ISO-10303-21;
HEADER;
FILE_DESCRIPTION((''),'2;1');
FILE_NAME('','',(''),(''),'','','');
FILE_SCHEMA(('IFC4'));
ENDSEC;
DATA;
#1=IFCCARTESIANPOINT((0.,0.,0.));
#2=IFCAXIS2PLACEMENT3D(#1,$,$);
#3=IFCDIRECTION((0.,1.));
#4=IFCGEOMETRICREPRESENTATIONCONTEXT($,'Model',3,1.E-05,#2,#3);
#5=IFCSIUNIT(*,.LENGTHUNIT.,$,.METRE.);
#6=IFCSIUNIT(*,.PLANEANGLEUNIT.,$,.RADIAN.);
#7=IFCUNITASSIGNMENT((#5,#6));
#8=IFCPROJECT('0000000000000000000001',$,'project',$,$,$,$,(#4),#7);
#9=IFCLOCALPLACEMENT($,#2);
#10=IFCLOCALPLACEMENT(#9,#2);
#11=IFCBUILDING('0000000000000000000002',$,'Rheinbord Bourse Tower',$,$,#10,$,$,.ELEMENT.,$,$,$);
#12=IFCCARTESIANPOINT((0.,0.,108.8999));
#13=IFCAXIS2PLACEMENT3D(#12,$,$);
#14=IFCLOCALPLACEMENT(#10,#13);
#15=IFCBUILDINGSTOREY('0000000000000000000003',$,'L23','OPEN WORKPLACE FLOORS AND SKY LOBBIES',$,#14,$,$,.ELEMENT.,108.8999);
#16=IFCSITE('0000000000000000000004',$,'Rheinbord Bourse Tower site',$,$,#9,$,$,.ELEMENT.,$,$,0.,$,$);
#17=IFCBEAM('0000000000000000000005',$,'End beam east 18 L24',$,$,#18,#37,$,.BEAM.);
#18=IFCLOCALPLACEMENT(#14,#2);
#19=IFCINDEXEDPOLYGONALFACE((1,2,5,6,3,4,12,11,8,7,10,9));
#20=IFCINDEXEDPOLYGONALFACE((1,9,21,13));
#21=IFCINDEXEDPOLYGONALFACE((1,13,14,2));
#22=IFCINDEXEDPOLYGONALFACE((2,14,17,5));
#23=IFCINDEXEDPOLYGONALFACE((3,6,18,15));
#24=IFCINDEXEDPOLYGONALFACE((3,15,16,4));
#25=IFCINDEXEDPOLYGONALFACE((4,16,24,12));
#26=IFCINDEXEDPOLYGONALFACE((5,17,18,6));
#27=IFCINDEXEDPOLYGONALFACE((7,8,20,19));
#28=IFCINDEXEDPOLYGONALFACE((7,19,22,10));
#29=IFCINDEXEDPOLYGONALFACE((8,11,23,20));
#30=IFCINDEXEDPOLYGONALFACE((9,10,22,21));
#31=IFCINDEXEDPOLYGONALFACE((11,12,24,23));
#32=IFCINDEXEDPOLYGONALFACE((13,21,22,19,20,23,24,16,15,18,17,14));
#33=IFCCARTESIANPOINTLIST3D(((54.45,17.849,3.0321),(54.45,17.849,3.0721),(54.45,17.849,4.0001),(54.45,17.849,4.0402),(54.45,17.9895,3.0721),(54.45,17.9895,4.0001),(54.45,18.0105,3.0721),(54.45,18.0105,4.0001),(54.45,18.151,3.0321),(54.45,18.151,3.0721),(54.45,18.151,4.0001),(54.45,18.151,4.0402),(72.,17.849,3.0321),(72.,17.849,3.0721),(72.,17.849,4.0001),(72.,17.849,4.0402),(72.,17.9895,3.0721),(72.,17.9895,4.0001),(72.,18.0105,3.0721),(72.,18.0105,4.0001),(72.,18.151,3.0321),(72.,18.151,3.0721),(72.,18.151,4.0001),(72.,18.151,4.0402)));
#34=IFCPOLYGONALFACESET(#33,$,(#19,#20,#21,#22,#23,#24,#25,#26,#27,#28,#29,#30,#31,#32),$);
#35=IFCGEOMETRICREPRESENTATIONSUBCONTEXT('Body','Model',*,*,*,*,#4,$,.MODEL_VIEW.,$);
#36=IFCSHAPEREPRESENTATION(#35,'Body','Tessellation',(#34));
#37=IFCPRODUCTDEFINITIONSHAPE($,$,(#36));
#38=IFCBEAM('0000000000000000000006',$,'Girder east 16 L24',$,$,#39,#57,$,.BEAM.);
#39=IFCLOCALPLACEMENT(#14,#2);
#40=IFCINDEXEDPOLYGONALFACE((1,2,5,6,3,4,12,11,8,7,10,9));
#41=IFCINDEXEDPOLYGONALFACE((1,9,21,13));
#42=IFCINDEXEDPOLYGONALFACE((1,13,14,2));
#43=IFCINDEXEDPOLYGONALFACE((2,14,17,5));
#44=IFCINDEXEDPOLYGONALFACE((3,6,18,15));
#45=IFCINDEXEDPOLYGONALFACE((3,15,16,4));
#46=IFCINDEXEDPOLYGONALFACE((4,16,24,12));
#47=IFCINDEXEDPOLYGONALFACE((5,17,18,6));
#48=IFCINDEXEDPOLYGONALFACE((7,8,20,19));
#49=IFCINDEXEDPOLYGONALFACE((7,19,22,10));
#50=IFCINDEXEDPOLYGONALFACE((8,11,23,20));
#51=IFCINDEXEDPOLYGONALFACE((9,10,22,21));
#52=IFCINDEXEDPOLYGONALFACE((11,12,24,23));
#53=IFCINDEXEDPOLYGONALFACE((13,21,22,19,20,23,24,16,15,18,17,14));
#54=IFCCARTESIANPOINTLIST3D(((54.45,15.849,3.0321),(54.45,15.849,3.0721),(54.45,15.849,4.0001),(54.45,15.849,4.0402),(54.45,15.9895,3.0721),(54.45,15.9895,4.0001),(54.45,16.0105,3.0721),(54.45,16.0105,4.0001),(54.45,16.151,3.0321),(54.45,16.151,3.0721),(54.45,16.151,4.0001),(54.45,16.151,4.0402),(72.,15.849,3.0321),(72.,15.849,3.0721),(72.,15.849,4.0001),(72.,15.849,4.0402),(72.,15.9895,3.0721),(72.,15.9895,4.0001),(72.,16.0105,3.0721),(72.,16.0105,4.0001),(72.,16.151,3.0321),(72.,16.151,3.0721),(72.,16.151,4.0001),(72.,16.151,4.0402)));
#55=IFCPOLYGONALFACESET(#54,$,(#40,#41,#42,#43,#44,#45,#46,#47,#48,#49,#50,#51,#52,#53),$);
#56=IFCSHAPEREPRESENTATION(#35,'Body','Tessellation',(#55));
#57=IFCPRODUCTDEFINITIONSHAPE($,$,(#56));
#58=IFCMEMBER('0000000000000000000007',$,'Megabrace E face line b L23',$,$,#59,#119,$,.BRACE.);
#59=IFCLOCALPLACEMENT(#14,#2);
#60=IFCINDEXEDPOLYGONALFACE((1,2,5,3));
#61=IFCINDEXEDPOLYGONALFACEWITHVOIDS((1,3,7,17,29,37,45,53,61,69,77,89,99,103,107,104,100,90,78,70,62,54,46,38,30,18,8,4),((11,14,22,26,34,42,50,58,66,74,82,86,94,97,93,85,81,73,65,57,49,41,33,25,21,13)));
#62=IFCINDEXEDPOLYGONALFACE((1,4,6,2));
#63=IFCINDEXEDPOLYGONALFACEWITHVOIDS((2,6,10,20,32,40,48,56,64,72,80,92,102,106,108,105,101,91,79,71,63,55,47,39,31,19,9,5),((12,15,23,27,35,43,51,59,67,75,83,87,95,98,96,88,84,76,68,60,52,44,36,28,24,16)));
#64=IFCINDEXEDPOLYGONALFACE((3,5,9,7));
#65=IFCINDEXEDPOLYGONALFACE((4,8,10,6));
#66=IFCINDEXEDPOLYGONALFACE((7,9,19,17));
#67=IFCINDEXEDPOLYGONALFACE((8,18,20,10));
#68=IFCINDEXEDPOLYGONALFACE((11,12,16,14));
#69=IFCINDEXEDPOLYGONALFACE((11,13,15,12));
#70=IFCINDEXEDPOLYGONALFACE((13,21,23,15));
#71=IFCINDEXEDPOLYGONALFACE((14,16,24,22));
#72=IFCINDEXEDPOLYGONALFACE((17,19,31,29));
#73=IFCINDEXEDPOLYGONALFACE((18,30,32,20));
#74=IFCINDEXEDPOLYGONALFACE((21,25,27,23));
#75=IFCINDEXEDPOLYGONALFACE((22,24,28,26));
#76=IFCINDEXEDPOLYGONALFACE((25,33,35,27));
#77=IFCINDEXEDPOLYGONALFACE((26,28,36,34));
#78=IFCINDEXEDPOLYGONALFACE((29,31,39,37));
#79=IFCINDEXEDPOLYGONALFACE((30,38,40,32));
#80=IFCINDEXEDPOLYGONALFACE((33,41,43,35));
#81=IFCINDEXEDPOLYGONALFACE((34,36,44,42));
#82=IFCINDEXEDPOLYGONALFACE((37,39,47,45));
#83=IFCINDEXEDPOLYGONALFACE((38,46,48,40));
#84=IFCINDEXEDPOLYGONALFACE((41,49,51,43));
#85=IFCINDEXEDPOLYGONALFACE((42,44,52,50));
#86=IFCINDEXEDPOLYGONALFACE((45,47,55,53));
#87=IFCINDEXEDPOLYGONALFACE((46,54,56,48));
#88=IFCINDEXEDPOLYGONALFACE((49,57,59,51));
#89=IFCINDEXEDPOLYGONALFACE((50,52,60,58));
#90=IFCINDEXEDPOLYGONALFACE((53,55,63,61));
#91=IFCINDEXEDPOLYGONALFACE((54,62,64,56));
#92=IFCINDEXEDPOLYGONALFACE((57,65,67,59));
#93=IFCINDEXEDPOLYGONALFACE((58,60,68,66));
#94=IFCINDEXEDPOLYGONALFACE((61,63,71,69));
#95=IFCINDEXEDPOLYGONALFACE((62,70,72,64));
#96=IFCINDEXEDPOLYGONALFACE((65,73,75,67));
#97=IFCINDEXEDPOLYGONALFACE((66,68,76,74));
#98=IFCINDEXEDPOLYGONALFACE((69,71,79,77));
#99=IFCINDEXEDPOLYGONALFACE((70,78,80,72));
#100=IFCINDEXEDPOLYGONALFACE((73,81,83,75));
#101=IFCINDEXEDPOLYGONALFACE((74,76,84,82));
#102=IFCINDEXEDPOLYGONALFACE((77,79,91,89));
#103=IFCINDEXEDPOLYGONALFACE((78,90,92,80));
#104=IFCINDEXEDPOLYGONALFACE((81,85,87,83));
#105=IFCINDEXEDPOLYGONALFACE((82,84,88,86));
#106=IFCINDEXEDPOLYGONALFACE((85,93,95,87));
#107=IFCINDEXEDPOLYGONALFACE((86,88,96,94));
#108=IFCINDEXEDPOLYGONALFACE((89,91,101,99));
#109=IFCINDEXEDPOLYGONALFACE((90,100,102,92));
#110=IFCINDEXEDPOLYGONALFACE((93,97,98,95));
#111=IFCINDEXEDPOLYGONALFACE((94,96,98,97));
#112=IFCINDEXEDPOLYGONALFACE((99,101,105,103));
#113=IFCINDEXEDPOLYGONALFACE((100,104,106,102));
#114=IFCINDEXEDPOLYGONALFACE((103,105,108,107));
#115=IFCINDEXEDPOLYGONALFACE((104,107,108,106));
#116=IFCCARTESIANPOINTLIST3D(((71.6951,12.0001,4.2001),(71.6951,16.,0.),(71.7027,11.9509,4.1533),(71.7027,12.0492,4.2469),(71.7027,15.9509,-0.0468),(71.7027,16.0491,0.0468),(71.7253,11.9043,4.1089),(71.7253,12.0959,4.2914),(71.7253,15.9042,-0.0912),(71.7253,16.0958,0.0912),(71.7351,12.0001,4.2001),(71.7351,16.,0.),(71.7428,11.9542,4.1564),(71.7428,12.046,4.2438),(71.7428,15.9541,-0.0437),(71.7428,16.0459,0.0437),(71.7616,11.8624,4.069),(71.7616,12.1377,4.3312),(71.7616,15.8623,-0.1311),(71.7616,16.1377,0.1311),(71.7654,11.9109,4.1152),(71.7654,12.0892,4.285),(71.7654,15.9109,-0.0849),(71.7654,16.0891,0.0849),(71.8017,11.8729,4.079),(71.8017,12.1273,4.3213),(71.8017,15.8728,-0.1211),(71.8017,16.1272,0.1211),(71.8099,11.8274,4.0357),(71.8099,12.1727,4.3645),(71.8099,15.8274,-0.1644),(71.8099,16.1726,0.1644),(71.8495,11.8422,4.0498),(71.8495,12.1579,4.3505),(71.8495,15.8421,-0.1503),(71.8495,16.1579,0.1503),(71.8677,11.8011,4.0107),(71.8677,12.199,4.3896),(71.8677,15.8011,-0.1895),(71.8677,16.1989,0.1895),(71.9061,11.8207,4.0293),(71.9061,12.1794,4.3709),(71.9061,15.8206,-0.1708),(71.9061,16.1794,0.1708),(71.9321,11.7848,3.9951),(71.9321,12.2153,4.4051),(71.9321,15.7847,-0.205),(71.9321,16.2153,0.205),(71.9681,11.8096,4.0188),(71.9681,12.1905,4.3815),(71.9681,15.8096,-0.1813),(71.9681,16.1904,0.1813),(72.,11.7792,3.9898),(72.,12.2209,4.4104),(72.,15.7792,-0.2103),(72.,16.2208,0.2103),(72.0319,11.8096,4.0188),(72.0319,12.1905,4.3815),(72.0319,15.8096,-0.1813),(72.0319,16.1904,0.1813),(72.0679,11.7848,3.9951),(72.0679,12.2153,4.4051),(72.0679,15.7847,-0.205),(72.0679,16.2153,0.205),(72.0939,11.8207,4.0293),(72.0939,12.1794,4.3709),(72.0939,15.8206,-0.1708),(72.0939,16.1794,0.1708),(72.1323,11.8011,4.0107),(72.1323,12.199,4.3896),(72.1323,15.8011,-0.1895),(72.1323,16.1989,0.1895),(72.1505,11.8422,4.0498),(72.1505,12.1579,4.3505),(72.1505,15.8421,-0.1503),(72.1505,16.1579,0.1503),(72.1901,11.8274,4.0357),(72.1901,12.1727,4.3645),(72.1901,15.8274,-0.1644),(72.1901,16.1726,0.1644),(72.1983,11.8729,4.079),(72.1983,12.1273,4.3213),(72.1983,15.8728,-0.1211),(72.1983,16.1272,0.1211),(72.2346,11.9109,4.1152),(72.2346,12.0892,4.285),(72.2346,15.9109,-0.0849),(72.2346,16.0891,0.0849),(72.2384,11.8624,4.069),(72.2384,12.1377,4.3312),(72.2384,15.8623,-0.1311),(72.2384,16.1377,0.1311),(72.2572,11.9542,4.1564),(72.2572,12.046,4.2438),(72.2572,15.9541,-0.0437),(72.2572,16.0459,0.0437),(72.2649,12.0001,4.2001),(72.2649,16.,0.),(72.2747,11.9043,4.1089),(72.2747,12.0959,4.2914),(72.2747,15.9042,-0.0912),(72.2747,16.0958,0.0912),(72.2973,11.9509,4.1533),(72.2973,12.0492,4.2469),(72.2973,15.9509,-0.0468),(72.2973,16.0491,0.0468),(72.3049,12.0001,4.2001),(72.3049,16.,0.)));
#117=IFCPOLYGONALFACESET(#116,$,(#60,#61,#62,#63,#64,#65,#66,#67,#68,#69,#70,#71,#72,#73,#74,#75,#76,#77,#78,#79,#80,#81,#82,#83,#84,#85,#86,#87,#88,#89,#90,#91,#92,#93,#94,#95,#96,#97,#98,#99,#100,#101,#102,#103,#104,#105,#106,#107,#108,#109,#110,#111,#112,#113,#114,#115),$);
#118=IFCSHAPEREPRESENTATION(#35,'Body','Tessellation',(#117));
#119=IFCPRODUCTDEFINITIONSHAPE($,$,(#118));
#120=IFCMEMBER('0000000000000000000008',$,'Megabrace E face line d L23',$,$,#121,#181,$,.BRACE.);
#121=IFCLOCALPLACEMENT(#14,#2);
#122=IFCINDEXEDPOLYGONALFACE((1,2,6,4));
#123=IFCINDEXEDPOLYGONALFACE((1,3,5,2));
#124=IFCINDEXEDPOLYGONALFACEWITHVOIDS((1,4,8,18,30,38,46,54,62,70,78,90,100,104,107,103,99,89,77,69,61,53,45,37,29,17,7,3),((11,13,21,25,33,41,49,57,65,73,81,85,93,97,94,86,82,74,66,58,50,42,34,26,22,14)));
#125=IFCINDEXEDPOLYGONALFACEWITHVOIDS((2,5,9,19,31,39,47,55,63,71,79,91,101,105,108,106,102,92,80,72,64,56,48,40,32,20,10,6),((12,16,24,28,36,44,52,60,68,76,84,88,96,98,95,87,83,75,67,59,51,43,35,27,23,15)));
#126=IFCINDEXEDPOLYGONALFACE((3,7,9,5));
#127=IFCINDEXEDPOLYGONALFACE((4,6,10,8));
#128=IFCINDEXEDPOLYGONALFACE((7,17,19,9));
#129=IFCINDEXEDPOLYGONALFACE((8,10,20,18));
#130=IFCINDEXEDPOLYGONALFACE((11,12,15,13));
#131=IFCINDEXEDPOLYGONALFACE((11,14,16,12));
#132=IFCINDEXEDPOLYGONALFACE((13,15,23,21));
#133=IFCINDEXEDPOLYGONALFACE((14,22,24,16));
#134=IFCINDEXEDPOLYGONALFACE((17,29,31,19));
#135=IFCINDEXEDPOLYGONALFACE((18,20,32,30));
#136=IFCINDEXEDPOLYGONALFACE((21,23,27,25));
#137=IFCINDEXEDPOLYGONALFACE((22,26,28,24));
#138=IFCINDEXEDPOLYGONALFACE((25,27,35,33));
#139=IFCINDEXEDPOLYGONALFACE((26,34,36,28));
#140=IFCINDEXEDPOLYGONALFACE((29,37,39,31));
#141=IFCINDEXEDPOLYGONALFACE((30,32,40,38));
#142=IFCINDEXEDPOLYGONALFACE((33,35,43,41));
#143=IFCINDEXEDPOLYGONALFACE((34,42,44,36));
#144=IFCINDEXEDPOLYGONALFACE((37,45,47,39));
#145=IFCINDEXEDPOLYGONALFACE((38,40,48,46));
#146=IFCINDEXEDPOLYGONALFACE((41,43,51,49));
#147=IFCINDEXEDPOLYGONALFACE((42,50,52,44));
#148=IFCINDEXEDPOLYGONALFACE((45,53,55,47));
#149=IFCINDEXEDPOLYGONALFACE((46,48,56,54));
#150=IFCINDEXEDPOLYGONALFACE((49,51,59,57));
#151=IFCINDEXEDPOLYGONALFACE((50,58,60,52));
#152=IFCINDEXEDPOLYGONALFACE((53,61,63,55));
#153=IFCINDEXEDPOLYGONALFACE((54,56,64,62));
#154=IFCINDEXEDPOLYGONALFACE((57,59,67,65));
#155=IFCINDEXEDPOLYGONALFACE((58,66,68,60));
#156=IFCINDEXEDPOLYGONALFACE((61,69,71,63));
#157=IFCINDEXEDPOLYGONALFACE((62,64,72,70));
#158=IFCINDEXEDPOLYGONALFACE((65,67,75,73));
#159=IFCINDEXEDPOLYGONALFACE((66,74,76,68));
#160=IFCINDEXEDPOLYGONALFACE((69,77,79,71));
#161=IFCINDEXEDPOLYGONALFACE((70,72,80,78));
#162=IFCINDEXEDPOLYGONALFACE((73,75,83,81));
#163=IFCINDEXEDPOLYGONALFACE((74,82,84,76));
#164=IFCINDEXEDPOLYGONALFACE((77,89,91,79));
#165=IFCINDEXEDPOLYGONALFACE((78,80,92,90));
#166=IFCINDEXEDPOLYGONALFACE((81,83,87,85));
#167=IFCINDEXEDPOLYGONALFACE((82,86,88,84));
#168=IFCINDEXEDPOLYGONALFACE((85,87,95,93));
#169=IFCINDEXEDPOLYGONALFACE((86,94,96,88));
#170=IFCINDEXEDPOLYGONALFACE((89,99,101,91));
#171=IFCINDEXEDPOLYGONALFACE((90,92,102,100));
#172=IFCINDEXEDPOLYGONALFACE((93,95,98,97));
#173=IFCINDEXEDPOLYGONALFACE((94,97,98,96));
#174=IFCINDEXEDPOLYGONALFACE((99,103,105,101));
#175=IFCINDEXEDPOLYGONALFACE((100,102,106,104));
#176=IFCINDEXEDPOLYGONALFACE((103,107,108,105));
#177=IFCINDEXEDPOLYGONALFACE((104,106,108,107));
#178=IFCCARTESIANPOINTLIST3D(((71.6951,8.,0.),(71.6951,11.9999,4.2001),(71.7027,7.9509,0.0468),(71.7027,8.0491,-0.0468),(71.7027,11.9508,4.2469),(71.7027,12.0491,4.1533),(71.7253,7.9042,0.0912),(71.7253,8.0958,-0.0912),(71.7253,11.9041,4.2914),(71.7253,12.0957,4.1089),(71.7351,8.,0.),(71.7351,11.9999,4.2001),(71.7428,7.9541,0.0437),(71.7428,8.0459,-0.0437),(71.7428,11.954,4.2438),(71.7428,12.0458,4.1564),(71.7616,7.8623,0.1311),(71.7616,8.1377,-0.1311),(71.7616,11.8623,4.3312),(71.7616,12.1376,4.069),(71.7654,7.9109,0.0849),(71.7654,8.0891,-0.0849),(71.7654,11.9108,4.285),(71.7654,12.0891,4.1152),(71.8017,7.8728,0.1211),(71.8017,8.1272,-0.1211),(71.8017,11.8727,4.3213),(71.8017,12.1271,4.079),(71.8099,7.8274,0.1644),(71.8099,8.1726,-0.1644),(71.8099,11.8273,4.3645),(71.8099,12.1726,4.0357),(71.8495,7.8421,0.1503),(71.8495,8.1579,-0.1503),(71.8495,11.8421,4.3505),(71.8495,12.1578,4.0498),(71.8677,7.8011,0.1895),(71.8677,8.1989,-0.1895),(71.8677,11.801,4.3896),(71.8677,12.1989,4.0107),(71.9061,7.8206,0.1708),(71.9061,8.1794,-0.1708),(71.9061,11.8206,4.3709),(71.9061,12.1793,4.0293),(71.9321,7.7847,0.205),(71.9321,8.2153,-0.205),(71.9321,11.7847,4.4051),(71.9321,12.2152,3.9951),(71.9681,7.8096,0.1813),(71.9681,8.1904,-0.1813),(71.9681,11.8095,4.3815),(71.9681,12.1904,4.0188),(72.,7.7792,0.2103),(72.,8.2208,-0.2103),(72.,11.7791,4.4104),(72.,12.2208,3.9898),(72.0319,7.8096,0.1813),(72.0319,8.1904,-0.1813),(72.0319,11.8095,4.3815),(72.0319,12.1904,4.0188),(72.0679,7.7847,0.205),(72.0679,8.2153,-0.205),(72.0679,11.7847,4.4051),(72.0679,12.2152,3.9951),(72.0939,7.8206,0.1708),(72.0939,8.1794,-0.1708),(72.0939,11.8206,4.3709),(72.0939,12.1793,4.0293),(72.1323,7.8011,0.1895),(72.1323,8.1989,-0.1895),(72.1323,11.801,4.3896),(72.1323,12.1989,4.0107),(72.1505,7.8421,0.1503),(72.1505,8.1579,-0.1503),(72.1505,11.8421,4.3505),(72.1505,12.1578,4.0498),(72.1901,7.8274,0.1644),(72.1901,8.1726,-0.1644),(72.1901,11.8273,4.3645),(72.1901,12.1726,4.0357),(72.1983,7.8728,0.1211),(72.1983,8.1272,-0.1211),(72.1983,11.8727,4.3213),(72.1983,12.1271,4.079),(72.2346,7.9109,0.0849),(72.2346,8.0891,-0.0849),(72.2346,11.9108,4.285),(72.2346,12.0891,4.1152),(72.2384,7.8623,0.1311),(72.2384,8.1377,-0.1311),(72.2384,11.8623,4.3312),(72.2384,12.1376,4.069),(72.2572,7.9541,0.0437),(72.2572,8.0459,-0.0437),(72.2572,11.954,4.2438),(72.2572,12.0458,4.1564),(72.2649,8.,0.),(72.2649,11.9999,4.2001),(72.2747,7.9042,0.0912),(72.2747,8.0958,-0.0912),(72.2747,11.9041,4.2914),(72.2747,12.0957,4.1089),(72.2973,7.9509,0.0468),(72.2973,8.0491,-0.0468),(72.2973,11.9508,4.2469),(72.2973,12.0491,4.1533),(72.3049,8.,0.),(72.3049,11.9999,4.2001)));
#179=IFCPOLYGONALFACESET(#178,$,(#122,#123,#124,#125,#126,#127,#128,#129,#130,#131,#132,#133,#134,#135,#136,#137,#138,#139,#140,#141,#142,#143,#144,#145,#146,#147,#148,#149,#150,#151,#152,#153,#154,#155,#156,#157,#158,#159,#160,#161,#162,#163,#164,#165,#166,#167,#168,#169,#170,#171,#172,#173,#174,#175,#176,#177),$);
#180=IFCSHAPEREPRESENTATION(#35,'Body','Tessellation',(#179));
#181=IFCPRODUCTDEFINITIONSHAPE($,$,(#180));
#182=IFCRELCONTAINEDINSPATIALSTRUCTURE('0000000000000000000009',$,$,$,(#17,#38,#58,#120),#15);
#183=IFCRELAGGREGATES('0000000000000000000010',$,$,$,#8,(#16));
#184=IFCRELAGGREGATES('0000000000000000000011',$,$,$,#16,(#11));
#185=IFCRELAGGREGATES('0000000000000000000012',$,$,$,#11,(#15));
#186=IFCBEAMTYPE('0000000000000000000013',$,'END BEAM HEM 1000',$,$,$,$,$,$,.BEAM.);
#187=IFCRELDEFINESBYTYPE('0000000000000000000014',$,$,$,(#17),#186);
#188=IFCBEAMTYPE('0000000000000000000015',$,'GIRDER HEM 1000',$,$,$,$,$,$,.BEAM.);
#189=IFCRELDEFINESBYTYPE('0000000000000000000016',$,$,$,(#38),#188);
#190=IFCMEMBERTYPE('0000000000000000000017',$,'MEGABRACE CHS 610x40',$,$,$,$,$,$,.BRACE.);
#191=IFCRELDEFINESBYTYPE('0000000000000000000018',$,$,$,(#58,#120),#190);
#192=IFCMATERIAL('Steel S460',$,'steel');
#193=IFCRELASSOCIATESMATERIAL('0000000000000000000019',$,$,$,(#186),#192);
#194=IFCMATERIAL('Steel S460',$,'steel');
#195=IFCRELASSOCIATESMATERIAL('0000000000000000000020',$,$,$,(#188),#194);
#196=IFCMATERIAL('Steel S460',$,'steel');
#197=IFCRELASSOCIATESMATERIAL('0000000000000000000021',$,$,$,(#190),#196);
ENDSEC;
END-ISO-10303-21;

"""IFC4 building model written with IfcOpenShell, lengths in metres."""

from ifc_helpers import new_model, si_unit, direction, frame, origin, origin_2d, place, context, subcontext, project, spatial, hollow_circle, i_section, extrude, material, material_profile, profile_set, type_object, element, save


model = new_model("IFC4")

# Units and contexts
model_context = context("Model", 3, precision=1e-05, world=origin(), true_north=direction((0.0, 1.0)))
body_context = subcontext(model_context, "Body", "Model", "MODEL_VIEW")
ifc_project = project(units=[si_unit("LENGTHUNIT", "METRE"), si_unit("PLANEANGLEUNIT", "RADIAN")], contexts=[model_context])

# Site, building, storey
site_placement = place(None, origin())
site = spatial("IfcSite", under=ifc_project, at=site_placement, Name="Rheinbord Bourse Tower site", CompositionType="ELEMENT", RefElevation=0.0)
building_placement = place(site_placement, origin())
building = spatial("IfcBuilding", under=site, at=building_placement, Name="Rheinbord Bourse Tower", CompositionType="ELEMENT")
storey_placement = place(building_placement, frame((0.0, 0.0, 108.8999)))
storey = spatial("IfcBuildingStorey", under=building, at=storey_placement, Name="L23", Description="OPEN WORKPLACE FLOORS AND SKY LOBBIES", CompositionType="ELEMENT", Elevation=108.8999)

# Beams
ifc_material_1 = material(Name="Steel S460", Category="steel")
ifc_material_profile_1 = material_profile(ifc_material_1, i_section(OverallWidth=0.302, OverallDepth=1.0081, WebThickness=0.021, FlangeThickness=0.04, at=origin_2d()), Name="HEM 1000")
ifc_profile_set_1 = profile_set([ifc_material_profile_1], Name="Steel S460")
beam_type_1 = type_object("IfcBeamType", Name="END BEAM HEM 1000", PredefinedType="BEAM", material=ifc_profile_set_1)
beam_1_placement = place(storey_placement, frame((54.45, 18.0, 3.5361), z_axis=(1.0, 0.0, 0.0), x_axis=(0.0, 1.0, 0.0)))
element("IfcBeam", 1, at=beam_1_placement, inside=storey, type_object=beam_type_1, Name="End beam east 18 L24", PredefinedType="BEAM", context=body_context, shape_type="SweptSolid", body=[
    extrude(i_section(OverallWidth=0.302, OverallDepth=1.0081, WebThickness=0.021, FlangeThickness=0.04, at=origin_2d()), origin(), (0.0, 0.0, 1.0), 17.55),
])
ifc_material_2 = material(Name="Steel S460", Category="steel")
ifc_material_profile_2 = material_profile(ifc_material_2, i_section(OverallWidth=0.302, OverallDepth=1.0081, WebThickness=0.021, FlangeThickness=0.04, at=origin_2d()), Name="HEM 1000")
ifc_profile_set_2 = profile_set([ifc_material_profile_2], Name="Steel S460")
beam_type_2 = type_object("IfcBeamType", Name="GIRDER HEM 1000", PredefinedType="BEAM", material=ifc_profile_set_2)
beam_2_placement = place(storey_placement, frame((54.45, 16.0, 3.5361), z_axis=(1.0, 0.0, 0.0), x_axis=(0.0, 1.0, 0.0)))
element("IfcBeam", 2, at=beam_2_placement, inside=storey, type_object=beam_type_2, Name="Girder east 16 L24", PredefinedType="BEAM", context=body_context, shape_type="SweptSolid", body=[
    extrude(i_section(OverallWidth=0.302, OverallDepth=1.0081, WebThickness=0.021, FlangeThickness=0.04, at=origin_2d()), origin(), (0.0, 0.0, 1.0), 17.55),
])

# Members
ifc_material_3 = material(Name="Steel S460", Category="steel")
ifc_material_profile_3 = material_profile(ifc_material_3, hollow_circle(Radius=0.3049, WallThickness=0.04, at=origin_2d()), Name="CHS 610x40")
ifc_profile_set_3 = profile_set([ifc_material_profile_3], Name="Steel S460")
member_type_1 = type_object("IfcMemberType", Name="MEGABRACE CHS 610x40", PredefinedType="BRACE", material=ifc_profile_set_3)
for number, where, z_axis, x_axis, name in (
    (3, (72.0, 16.0, 0.0), (0.0, -0.689638, 0.724154), (1.0, 0.0, 0.0), "Megabrace E face line b L23"),
    (4, (72.0, 8.0, 0.0), (0.0, 0.689638, 0.724154), (-1.0, 0.0, 0.0), "Megabrace E face line d L23"),
):
    element("IfcMember", number, at=place(storey_placement, frame(where, z_axis=z_axis, x_axis=x_axis)), inside=storey, type_object=member_type_1, Name=name, PredefinedType="BRACE", context=body_context, shape_type="SweptSolid", body=[
        extrude(hollow_circle(Radius=0.3049, WallThickness=0.04, at=origin_2d()), origin(), (0.0, 0.0, 1.0), 5.8),
    ])

save(model, "model.ifc")
